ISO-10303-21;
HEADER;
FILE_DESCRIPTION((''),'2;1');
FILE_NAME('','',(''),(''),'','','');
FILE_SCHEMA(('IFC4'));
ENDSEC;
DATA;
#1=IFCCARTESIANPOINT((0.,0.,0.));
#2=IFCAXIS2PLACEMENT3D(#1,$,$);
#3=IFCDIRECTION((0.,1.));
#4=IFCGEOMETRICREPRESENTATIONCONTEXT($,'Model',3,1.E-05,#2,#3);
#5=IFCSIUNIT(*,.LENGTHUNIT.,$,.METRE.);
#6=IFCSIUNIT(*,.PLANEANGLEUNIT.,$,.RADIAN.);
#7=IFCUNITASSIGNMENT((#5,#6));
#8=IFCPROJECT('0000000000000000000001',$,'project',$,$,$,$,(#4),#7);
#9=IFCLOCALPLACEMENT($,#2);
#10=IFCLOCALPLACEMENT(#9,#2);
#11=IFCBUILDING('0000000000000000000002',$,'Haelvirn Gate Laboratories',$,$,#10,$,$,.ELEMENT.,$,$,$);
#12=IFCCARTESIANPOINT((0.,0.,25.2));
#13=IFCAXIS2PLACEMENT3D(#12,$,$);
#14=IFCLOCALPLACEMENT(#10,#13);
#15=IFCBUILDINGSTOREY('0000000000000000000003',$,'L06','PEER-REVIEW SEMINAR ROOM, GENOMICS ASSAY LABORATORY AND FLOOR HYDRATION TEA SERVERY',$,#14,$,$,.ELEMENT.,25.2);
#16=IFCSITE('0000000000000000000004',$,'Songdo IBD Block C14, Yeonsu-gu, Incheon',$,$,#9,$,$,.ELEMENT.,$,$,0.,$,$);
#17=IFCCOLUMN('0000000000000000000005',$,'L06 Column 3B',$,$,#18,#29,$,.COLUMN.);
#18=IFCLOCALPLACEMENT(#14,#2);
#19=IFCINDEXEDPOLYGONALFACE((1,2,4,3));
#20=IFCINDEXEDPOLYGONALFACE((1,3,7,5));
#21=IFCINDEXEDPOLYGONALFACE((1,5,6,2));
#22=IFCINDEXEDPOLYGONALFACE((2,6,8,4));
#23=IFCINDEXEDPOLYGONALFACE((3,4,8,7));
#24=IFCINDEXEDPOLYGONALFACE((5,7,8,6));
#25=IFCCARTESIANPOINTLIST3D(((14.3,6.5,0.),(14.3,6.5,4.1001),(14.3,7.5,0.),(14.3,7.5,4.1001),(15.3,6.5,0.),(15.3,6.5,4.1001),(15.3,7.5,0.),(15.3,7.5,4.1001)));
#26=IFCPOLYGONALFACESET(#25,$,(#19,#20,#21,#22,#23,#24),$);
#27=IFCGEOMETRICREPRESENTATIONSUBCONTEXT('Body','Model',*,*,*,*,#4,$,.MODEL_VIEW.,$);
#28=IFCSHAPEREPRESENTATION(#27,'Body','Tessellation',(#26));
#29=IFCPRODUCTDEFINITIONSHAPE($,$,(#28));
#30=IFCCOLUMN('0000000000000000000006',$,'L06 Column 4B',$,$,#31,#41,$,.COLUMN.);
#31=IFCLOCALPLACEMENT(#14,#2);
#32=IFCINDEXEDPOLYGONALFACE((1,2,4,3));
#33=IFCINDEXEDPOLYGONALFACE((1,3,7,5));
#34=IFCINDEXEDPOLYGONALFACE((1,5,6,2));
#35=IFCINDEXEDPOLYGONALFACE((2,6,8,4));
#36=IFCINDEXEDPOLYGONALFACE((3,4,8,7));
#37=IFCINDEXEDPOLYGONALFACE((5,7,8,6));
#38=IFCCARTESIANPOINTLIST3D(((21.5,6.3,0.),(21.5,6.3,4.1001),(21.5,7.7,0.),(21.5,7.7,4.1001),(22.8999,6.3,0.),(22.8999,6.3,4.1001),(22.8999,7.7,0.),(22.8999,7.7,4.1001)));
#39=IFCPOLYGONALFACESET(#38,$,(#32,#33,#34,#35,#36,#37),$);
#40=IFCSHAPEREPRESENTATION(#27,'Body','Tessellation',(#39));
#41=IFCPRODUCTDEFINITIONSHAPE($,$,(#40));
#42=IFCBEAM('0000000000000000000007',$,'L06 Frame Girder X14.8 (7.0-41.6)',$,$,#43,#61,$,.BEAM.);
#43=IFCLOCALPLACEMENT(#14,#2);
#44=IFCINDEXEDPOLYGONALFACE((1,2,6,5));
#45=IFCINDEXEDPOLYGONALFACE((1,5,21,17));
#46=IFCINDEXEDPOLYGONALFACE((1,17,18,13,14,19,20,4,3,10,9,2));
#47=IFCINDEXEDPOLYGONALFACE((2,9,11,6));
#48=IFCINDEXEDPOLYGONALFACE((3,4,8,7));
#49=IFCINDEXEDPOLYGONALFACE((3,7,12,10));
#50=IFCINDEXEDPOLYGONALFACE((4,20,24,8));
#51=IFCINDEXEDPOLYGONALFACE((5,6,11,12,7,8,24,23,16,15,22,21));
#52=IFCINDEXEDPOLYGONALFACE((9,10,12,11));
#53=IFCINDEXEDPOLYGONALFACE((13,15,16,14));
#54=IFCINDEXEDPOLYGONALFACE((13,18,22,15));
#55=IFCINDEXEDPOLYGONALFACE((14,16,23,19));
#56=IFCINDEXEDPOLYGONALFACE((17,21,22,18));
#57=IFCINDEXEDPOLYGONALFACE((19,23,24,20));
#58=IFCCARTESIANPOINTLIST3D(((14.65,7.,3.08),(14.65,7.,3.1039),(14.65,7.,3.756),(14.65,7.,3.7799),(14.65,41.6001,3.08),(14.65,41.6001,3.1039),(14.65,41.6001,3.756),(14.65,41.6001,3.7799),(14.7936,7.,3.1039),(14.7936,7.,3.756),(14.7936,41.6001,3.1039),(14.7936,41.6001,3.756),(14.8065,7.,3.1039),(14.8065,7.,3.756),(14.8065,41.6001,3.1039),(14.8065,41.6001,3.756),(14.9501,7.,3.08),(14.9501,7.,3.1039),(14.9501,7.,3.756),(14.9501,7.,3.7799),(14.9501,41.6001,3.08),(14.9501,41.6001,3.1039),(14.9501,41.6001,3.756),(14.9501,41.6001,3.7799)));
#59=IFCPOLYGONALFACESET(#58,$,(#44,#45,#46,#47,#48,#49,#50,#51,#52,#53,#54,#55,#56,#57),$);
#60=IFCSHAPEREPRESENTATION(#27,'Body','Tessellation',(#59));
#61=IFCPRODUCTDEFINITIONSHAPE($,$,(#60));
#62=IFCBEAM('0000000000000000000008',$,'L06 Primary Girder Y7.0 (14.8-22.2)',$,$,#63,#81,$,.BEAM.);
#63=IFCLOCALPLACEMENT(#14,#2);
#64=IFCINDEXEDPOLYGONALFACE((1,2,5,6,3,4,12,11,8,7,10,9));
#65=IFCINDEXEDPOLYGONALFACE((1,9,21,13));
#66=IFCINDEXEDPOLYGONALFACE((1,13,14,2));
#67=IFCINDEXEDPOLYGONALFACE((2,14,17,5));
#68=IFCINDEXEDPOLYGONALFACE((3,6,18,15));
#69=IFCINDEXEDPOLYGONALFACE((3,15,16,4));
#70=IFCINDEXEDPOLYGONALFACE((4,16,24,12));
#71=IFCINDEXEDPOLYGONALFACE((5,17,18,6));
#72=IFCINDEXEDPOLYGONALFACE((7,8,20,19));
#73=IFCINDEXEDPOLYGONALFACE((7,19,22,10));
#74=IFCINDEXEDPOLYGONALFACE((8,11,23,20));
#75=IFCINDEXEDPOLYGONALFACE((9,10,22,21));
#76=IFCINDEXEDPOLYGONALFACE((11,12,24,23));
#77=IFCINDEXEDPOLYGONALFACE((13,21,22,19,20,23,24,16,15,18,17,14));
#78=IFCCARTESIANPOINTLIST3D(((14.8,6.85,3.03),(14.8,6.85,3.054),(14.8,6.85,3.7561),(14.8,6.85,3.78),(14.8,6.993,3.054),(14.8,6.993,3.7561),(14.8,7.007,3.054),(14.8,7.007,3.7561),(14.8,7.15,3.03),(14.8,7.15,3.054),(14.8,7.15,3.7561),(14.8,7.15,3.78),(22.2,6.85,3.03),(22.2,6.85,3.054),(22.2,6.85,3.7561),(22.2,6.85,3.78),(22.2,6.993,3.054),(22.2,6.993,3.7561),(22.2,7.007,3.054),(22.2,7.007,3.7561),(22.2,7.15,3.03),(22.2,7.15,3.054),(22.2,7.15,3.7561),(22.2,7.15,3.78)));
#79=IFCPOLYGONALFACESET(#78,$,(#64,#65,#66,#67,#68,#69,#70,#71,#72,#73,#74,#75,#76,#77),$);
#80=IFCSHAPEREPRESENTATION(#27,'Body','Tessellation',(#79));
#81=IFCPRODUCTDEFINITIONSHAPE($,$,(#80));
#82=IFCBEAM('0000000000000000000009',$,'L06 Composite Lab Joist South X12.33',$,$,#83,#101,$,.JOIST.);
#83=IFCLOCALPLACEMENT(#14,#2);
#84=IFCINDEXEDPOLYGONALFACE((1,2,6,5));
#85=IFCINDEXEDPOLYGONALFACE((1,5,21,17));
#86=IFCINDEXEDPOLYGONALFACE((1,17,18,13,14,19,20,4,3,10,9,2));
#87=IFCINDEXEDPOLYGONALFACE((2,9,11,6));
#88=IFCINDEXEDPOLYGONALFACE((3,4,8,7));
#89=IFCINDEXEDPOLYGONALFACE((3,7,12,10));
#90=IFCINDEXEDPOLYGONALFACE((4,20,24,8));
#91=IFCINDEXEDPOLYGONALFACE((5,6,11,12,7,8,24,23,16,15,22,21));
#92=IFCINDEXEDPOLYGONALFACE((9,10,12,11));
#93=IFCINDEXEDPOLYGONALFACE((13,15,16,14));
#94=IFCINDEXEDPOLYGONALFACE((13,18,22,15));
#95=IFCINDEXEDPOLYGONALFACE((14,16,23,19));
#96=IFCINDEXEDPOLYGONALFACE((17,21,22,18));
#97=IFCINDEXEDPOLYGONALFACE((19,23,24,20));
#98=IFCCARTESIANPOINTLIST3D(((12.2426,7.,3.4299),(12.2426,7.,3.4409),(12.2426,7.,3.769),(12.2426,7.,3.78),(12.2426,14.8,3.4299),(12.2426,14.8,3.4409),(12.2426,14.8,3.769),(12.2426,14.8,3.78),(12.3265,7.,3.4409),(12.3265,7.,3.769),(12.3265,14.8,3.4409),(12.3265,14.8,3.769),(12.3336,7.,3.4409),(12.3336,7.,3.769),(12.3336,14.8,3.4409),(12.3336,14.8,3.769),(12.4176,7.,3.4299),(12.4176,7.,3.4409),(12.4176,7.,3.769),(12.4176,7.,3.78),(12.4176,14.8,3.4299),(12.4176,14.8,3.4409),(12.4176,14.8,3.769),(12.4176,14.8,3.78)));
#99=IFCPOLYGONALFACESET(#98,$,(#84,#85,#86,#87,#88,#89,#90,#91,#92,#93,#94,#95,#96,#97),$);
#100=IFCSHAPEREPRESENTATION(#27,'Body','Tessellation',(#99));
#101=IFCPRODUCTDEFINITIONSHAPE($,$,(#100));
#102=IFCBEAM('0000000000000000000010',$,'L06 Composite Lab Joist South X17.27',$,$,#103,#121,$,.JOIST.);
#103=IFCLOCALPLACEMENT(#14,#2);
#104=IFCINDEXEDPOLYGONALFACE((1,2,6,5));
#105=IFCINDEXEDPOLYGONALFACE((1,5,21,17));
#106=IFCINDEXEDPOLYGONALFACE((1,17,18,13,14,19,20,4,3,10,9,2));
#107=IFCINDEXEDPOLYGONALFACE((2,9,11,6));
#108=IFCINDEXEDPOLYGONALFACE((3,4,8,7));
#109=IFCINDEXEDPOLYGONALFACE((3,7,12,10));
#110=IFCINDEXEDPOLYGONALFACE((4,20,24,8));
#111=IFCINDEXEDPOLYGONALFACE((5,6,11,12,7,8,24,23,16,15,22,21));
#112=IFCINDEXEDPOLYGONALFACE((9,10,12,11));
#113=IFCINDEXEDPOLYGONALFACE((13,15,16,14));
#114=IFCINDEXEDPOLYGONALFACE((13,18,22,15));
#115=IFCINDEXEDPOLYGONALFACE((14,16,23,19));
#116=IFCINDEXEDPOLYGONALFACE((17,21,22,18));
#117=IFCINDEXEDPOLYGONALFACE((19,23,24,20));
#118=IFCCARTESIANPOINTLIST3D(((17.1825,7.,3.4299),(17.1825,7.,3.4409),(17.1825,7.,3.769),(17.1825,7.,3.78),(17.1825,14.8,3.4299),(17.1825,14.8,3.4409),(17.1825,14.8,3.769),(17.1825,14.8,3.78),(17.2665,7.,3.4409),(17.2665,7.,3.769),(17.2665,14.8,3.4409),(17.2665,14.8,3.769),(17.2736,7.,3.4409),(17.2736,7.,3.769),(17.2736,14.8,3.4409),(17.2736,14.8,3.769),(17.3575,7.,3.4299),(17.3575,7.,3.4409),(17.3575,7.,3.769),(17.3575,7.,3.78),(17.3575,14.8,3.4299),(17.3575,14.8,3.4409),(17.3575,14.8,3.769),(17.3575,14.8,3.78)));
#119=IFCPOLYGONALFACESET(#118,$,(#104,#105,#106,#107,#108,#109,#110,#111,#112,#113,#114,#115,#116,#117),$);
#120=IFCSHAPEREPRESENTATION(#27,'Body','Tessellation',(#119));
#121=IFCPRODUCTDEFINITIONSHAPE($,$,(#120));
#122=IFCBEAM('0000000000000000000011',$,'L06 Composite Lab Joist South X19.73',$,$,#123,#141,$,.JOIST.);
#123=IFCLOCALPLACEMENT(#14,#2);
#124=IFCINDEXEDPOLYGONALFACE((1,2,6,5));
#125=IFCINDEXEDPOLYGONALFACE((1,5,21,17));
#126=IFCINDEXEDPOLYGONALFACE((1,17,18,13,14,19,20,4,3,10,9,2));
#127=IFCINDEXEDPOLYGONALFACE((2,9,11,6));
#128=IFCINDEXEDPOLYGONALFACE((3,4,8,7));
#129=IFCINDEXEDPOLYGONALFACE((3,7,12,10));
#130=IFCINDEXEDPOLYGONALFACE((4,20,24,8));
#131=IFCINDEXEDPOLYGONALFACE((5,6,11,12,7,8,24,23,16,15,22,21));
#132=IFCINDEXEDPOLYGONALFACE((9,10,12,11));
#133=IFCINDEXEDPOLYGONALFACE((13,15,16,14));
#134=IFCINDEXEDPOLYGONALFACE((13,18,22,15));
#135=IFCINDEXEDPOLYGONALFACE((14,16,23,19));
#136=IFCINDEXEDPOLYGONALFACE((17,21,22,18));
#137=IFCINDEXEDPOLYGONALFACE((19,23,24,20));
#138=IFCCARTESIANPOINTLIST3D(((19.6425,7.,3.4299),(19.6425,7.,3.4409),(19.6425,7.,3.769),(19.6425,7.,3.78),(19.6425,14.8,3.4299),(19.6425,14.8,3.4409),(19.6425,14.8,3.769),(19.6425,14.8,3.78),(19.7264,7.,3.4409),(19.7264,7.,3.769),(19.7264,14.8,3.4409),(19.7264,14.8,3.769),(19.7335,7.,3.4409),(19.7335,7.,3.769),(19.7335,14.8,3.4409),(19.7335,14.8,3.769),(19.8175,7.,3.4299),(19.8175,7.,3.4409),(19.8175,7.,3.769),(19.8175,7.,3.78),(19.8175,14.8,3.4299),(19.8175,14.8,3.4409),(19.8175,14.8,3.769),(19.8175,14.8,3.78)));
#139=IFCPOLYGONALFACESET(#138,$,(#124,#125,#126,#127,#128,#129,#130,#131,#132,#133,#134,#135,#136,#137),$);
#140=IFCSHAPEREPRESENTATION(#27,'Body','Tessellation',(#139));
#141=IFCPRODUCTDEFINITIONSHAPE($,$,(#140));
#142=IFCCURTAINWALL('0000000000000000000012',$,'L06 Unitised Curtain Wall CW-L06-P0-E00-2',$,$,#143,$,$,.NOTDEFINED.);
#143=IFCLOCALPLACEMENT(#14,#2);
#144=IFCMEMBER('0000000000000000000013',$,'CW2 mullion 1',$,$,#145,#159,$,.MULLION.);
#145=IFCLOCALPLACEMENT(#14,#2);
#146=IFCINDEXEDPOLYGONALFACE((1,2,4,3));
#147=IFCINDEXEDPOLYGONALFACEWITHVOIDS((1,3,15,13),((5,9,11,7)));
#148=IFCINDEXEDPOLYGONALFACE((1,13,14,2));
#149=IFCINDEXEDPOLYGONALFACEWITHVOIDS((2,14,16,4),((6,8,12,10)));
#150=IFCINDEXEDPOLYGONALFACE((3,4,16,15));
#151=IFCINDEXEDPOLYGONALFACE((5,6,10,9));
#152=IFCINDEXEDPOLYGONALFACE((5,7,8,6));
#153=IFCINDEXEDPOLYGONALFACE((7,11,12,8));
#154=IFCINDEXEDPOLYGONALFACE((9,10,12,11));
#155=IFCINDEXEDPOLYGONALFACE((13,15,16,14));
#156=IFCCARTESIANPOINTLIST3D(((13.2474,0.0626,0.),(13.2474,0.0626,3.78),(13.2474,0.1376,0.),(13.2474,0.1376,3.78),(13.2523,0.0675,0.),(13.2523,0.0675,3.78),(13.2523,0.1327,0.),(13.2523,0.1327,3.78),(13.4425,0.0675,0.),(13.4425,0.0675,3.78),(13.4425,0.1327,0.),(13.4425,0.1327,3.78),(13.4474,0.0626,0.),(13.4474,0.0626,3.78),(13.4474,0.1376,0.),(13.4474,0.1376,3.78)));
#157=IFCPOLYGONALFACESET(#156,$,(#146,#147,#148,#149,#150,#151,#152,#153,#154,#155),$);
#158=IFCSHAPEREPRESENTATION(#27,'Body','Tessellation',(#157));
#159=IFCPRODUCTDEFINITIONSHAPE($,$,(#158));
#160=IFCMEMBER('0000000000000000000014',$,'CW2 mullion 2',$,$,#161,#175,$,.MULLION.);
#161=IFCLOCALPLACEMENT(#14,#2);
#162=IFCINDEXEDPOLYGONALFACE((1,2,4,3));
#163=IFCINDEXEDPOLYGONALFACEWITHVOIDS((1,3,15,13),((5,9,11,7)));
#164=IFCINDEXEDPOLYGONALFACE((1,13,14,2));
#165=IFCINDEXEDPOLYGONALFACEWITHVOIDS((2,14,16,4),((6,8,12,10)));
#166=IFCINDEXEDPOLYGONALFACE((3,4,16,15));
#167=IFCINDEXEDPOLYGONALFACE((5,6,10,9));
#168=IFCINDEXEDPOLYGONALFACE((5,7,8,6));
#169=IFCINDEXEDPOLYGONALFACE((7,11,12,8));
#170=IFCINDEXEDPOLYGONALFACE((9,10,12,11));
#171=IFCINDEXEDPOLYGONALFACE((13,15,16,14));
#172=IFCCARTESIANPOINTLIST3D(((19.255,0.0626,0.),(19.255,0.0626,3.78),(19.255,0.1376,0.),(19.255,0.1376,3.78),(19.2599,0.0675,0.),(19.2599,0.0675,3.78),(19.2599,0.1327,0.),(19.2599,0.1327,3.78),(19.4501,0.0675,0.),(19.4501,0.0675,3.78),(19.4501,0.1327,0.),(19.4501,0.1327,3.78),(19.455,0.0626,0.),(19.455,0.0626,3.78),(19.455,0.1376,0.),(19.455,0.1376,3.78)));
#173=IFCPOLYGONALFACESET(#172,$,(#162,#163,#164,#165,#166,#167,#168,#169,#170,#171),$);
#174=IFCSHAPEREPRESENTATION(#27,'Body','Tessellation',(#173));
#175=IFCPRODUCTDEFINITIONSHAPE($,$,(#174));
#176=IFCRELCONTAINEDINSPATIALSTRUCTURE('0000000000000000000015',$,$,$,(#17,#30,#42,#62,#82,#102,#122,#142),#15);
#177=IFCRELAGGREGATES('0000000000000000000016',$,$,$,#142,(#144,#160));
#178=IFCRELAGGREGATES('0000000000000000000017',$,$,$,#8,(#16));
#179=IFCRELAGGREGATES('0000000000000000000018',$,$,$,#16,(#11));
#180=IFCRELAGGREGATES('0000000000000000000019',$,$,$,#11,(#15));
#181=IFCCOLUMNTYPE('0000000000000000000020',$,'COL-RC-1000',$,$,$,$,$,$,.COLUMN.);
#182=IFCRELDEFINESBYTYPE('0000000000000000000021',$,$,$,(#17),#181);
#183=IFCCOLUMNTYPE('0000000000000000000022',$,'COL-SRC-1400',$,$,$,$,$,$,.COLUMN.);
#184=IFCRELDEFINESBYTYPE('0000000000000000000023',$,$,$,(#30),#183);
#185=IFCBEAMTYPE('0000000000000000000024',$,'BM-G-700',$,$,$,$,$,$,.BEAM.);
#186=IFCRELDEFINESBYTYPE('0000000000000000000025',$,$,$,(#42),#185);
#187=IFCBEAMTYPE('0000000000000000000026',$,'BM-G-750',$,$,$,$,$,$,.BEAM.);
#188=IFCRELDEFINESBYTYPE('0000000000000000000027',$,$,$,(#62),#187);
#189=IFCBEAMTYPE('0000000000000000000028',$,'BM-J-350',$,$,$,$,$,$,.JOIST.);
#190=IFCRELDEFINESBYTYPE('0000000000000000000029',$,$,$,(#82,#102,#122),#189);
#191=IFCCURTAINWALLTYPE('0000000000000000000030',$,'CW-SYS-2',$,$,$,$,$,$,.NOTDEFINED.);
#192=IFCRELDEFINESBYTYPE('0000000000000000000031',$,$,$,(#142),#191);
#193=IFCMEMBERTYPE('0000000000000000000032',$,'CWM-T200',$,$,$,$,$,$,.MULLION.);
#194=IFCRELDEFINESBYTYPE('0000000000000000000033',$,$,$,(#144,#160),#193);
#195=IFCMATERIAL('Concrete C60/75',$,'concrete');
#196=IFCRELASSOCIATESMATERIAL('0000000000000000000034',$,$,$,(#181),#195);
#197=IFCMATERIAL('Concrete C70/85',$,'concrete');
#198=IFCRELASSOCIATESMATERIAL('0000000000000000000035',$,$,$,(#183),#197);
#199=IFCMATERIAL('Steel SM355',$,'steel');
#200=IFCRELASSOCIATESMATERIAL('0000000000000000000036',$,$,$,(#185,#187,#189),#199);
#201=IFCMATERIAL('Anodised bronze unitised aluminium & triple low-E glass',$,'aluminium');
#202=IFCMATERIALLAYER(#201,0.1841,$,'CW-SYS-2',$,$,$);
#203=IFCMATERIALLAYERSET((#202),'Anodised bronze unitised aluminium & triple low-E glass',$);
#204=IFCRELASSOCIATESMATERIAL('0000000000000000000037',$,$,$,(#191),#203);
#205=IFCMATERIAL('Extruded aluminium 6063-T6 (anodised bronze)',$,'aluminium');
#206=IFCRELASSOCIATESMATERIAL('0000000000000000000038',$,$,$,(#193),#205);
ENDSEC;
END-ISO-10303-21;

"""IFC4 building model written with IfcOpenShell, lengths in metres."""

from ifc_helpers import new_model, si_unit, direction, frame, origin, origin_2d, place, context, subcontext, project, spatial, rectangle, hollow_rectangle, i_section, extrude, source, transform, mapped, material, layer, layer_set, material_profile, profile_set, type_object, type_shapes, element, aggregate, save


model = new_model("IFC4")

# Units and contexts
model_context = context("Model", 3, precision=1e-05, world=origin(), true_north=direction((0.0, 1.0)))
body_context = subcontext(model_context, "Body", "Model", "MODEL_VIEW")
ifc_project = project(units=[si_unit("LENGTHUNIT", "METRE"), si_unit("PLANEANGLEUNIT", "RADIAN")], contexts=[model_context])

# Site, building, storey
site_placement = place(None, origin())
site = spatial("IfcSite", under=ifc_project, at=site_placement, Name="Songdo IBD Block C14, Yeonsu-gu, Incheon", CompositionType="ELEMENT", RefElevation=0.0)
building_placement = place(site_placement, origin())
building = spatial("IfcBuilding", under=site, at=building_placement, Name="Haelvirn Gate Laboratories", CompositionType="ELEMENT")
storey_placement = place(building_placement, frame((0.0, 0.0, 25.2)))
storey = spatial("IfcBuildingStorey", under=building, at=storey_placement, Name="L06", Description="PEER-REVIEW SEMINAR ROOM, GENOMICS ASSAY LABORATORY AND FLOOR HYDRATION TEA SERVERY", CompositionType="ELEMENT", Elevation=25.2)

# Columns
ifc_material_1 = material(Name="Concrete C60/75", Category="concrete")
ifc_material_profile_1 = material_profile(ifc_material_1, rectangle(XDim=1.0, YDim=1.0, at=origin_2d()), Name="RC-1000x1000")
ifc_profile_set_1 = profile_set([ifc_material_profile_1], Name="Concrete C60/75")
column_type_1 = type_object("IfcColumnType", Name="COL-RC-1000", PredefinedType="COLUMN", material=ifc_profile_set_1)
shared_shape_1 = source(origin(), body_context, "Body", "SweptSolid", [
    extrude(rectangle(XDim=1.0, YDim=1.0, at=origin_2d()), origin(), (0.0, 0.0, 1.0), 4.1001),
])
type_shapes(column_type_1, [shared_shape_1])
column_1_placement = place(storey_placement, frame((14.8, 7.0, 0.0), z_axis=(0.0, 0.0, 1.0), x_axis=(1.0, 0.0, 0.0)))
element("IfcColumn", 1, at=column_1_placement, inside=storey, type_object=column_type_1, Name="L06 Column 3B", PredefinedType="COLUMN", context=body_context, shape_type="MappedRepresentation", body=[
    mapped(shared_shape_1, transform((0.0, 0.0, 0.0), scale=1.0)),
])
ifc_material_2 = material(Name="Concrete C70/85", Category="concrete")
ifc_material_profile_2 = material_profile(ifc_material_2, rectangle(XDim=1.3999, YDim=1.3999, at=origin_2d()), Name="SRC-1400x1400")
ifc_profile_set_2 = profile_set([ifc_material_profile_2], Name="Concrete C70/85")
column_type_2 = type_object("IfcColumnType", Name="COL-SRC-1400", PredefinedType="COLUMN", material=ifc_profile_set_2)
shared_shape_2 = source(origin(), body_context, "Body", "SweptSolid", [
    extrude(rectangle(XDim=1.3999, YDim=1.3999, at=origin_2d()), origin(), (0.0, 0.0, 1.0), 4.1001),
])
type_shapes(column_type_2, [shared_shape_2])
column_2_placement = place(storey_placement, frame((22.2, 7.0, 0.0), z_axis=(0.0, 0.0, 1.0), x_axis=(1.0, 0.0, 0.0)))
element("IfcColumn", 2, at=column_2_placement, inside=storey, type_object=column_type_2, Name="L06 Column 4B", PredefinedType="COLUMN", context=body_context, shape_type="MappedRepresentation", body=[
    mapped(shared_shape_2, transform((0.0, 0.0, 0.0), scale=1.0)),
])

# Beams
ifc_material_3 = material(Name="Steel SM355", Category="steel")
ifc_material_profile_3 = material_profile(ifc_material_3, i_section(OverallWidth=0.3, OverallDepth=0.7, WebThickness=0.0129, FlangeThickness=0.0239, at=origin_2d()), Name="H-700x300x13x24")
ifc_profile_set_3 = profile_set([ifc_material_profile_3], Name="Steel SM355")
beam_type_1 = type_object("IfcBeamType", Name="BM-G-700", PredefinedType="BEAM", material=ifc_profile_set_3)
shared_shape_3 = source(origin(), body_context, "Body", "SweptSolid", [
    extrude(i_section(OverallWidth=0.3, OverallDepth=0.7, WebThickness=0.0129, FlangeThickness=0.0239, at=origin_2d()), origin(), (0.0, 0.0, 1.0), 34.6001),
])
type_shapes(beam_type_1, [shared_shape_3])
beam_1_placement = place(storey_placement, frame((14.8, 7.0, 3.4299), z_axis=(0.0, 1.0, 0.0), x_axis=(-1.0, 0.0, 0.0)))
element("IfcBeam", 3, at=beam_1_placement, inside=storey, type_object=beam_type_1, Name="L06 Frame Girder X14.8 (7.0-41.6)", PredefinedType="BEAM", context=body_context, shape_type="MappedRepresentation", body=[
    mapped(shared_shape_3, transform((0.0, 0.0, 0.0), scale=1.0)),
])
ifc_material_profile_4 = material_profile(ifc_material_3, i_section(OverallWidth=0.3, OverallDepth=0.75, WebThickness=0.0139, FlangeThickness=0.0239, at=origin_2d()), Name="H-750x300x14x24")
ifc_profile_set_4 = profile_set([ifc_material_profile_4], Name="Steel SM355")
beam_type_2 = type_object("IfcBeamType", Name="BM-G-750", PredefinedType="BEAM", material=ifc_profile_set_4)
shared_shape_4 = source(origin(), body_context, "Body", "SweptSolid", [
    extrude(i_section(OverallWidth=0.3, OverallDepth=0.75, WebThickness=0.0139, FlangeThickness=0.0239, at=origin_2d()), origin(), (0.0, 0.0, 1.0), 7.3999),
])
type_shapes(beam_type_2, [shared_shape_4])
beam_2_placement = place(storey_placement, frame((14.8, 7.0, 3.405), z_axis=(1.0, 0.0, 0.0), x_axis=(0.0, 1.0, 0.0)))
element("IfcBeam", 4, at=beam_2_placement, inside=storey, type_object=beam_type_2, Name="L06 Primary Girder Y7.0 (14.8-22.2)", PredefinedType="BEAM", context=body_context, shape_type="MappedRepresentation", body=[
    mapped(shared_shape_4, transform((0.0, 0.0, 0.0), scale=1.0)),
])
ifc_material_profile_5 = material_profile(ifc_material_3, i_section(OverallWidth=0.175, OverallDepth=0.3501, WebThickness=0.0071, FlangeThickness=0.011, at=origin_2d()), Name="H-350x175x7x11")
ifc_profile_set_5 = profile_set([ifc_material_profile_5], Name="Steel SM355")
beam_type_3 = type_object("IfcBeamType", Name="BM-J-350", PredefinedType="JOIST", material=ifc_profile_set_5)
shared_shape_5 = source(origin(), body_context, "Body", "SweptSolid", [
    extrude(i_section(OverallWidth=0.175, OverallDepth=0.3501, WebThickness=0.0071, FlangeThickness=0.011, at=origin_2d()), origin(), (0.0, 0.0, 1.0), 7.8),
])
type_shapes(beam_type_3, [shared_shape_5])
for number, where, z_axis, x_axis, name in (
    (5, (12.3301, 7.0, 3.605), (0.0, 1.0, 0.0), (-1.0, 0.0, 0.0), "L06 Composite Lab Joist South X12.33"),
    (6, (17.27, 7.0, 3.605), (0.0, 1.0, 0.0), (-1.0, 0.0, 0.0), "L06 Composite Lab Joist South X17.27"),
    (7, (19.73, 7.0, 3.605), (0.0, 1.0, 0.0), (-1.0, 0.0, 0.0), "L06 Composite Lab Joist South X19.73"),
):
    element("IfcBeam", number, at=place(storey_placement, frame(where, z_axis=z_axis, x_axis=x_axis)), inside=storey, type_object=beam_type_3, Name=name, PredefinedType="JOIST", context=body_context, shape_type="MappedRepresentation", body=[
        mapped(shared_shape_5, transform((0.0, 0.0, 0.0), scale=1.0)),
    ])

# Curtain wall, members
ifc_material_4 = material(Name="Anodised bronze unitised aluminium & triple low-E glass", Category="aluminium")
ifc_layer_1 = layer(ifc_material_4, 0.1841, Name="CW-SYS-2")
ifc_layer_set_1 = layer_set([ifc_layer_1], Name="Anodised bronze unitised aluminium & triple low-E glass")
curtain_wall_type = type_object("IfcCurtainWallType", Name="CW-SYS-2", PredefinedType="NOTDEFINED", material=ifc_layer_set_1)
curtain_wall_1_placement = place(storey_placement, origin())
curtain_wall_1 = element("IfcCurtainWall", 8, at=curtain_wall_1_placement, inside=storey, type_object=curtain_wall_type, Name="L06 Unitised Curtain Wall CW-L06-P0-E00-2", PredefinedType="NOTDEFINED")
ifc_material_5 = material(Name="Extruded aluminium 6063-T6 (anodised bronze)", Category="aluminium")
ifc_material_profile_6 = material_profile(ifc_material_5, hollow_rectangle(XDim=0.075, YDim=0.2, WallThickness=0.0049, at=origin_2d()), Name="CWM-200x75x5")
ifc_profile_set_6 = profile_set([ifc_material_profile_6], Name="Extruded aluminium 6063-T6 (anodised bronze)")
member_type_1 = type_object("IfcMemberType", Name="CWM-T200", PredefinedType="MULLION", material=ifc_profile_set_6)
shared_shape_6 = source(origin(), body_context, "Body", "SweptSolid", [
    extrude(hollow_rectangle(XDim=0.075, YDim=0.2, WallThickness=0.0049, at=origin_2d()), origin(), (0.0, 0.0, 1.0), 3.78),
])
type_shapes(member_type_1, [shared_shape_6])
member_1_placement = place(storey_placement, frame((13.3474, 0.1001, 0.0), z_axis=(0.0, 0.0, 1.0), x_axis=(0.0, 1.0, 0.0)))
member_1 = element("IfcMember", 9, at=member_1_placement, type_object=member_type_1, Name="CW2 mullion 1", PredefinedType="MULLION", context=body_context, shape_type="MappedRepresentation", body=[
    mapped(shared_shape_6, transform((0.0, 0.0, 0.0), scale=1.0)),
])
member_2_placement = place(storey_placement, frame((19.355, 0.1001, 0.0), z_axis=(0.0, 0.0, 1.0), x_axis=(0.0, 1.0, 0.0)))
member_2 = element("IfcMember", 10, at=member_2_placement, type_object=member_type_1, Name="CW2 mullion 2", PredefinedType="MULLION", context=body_context, shape_type="MappedRepresentation", body=[
    mapped(shared_shape_6, transform((0.0, 0.0, 0.0), scale=1.0)),
])

aggregate(curtain_wall_1, [member_1, member_2])

save(model, "model.ifc")
